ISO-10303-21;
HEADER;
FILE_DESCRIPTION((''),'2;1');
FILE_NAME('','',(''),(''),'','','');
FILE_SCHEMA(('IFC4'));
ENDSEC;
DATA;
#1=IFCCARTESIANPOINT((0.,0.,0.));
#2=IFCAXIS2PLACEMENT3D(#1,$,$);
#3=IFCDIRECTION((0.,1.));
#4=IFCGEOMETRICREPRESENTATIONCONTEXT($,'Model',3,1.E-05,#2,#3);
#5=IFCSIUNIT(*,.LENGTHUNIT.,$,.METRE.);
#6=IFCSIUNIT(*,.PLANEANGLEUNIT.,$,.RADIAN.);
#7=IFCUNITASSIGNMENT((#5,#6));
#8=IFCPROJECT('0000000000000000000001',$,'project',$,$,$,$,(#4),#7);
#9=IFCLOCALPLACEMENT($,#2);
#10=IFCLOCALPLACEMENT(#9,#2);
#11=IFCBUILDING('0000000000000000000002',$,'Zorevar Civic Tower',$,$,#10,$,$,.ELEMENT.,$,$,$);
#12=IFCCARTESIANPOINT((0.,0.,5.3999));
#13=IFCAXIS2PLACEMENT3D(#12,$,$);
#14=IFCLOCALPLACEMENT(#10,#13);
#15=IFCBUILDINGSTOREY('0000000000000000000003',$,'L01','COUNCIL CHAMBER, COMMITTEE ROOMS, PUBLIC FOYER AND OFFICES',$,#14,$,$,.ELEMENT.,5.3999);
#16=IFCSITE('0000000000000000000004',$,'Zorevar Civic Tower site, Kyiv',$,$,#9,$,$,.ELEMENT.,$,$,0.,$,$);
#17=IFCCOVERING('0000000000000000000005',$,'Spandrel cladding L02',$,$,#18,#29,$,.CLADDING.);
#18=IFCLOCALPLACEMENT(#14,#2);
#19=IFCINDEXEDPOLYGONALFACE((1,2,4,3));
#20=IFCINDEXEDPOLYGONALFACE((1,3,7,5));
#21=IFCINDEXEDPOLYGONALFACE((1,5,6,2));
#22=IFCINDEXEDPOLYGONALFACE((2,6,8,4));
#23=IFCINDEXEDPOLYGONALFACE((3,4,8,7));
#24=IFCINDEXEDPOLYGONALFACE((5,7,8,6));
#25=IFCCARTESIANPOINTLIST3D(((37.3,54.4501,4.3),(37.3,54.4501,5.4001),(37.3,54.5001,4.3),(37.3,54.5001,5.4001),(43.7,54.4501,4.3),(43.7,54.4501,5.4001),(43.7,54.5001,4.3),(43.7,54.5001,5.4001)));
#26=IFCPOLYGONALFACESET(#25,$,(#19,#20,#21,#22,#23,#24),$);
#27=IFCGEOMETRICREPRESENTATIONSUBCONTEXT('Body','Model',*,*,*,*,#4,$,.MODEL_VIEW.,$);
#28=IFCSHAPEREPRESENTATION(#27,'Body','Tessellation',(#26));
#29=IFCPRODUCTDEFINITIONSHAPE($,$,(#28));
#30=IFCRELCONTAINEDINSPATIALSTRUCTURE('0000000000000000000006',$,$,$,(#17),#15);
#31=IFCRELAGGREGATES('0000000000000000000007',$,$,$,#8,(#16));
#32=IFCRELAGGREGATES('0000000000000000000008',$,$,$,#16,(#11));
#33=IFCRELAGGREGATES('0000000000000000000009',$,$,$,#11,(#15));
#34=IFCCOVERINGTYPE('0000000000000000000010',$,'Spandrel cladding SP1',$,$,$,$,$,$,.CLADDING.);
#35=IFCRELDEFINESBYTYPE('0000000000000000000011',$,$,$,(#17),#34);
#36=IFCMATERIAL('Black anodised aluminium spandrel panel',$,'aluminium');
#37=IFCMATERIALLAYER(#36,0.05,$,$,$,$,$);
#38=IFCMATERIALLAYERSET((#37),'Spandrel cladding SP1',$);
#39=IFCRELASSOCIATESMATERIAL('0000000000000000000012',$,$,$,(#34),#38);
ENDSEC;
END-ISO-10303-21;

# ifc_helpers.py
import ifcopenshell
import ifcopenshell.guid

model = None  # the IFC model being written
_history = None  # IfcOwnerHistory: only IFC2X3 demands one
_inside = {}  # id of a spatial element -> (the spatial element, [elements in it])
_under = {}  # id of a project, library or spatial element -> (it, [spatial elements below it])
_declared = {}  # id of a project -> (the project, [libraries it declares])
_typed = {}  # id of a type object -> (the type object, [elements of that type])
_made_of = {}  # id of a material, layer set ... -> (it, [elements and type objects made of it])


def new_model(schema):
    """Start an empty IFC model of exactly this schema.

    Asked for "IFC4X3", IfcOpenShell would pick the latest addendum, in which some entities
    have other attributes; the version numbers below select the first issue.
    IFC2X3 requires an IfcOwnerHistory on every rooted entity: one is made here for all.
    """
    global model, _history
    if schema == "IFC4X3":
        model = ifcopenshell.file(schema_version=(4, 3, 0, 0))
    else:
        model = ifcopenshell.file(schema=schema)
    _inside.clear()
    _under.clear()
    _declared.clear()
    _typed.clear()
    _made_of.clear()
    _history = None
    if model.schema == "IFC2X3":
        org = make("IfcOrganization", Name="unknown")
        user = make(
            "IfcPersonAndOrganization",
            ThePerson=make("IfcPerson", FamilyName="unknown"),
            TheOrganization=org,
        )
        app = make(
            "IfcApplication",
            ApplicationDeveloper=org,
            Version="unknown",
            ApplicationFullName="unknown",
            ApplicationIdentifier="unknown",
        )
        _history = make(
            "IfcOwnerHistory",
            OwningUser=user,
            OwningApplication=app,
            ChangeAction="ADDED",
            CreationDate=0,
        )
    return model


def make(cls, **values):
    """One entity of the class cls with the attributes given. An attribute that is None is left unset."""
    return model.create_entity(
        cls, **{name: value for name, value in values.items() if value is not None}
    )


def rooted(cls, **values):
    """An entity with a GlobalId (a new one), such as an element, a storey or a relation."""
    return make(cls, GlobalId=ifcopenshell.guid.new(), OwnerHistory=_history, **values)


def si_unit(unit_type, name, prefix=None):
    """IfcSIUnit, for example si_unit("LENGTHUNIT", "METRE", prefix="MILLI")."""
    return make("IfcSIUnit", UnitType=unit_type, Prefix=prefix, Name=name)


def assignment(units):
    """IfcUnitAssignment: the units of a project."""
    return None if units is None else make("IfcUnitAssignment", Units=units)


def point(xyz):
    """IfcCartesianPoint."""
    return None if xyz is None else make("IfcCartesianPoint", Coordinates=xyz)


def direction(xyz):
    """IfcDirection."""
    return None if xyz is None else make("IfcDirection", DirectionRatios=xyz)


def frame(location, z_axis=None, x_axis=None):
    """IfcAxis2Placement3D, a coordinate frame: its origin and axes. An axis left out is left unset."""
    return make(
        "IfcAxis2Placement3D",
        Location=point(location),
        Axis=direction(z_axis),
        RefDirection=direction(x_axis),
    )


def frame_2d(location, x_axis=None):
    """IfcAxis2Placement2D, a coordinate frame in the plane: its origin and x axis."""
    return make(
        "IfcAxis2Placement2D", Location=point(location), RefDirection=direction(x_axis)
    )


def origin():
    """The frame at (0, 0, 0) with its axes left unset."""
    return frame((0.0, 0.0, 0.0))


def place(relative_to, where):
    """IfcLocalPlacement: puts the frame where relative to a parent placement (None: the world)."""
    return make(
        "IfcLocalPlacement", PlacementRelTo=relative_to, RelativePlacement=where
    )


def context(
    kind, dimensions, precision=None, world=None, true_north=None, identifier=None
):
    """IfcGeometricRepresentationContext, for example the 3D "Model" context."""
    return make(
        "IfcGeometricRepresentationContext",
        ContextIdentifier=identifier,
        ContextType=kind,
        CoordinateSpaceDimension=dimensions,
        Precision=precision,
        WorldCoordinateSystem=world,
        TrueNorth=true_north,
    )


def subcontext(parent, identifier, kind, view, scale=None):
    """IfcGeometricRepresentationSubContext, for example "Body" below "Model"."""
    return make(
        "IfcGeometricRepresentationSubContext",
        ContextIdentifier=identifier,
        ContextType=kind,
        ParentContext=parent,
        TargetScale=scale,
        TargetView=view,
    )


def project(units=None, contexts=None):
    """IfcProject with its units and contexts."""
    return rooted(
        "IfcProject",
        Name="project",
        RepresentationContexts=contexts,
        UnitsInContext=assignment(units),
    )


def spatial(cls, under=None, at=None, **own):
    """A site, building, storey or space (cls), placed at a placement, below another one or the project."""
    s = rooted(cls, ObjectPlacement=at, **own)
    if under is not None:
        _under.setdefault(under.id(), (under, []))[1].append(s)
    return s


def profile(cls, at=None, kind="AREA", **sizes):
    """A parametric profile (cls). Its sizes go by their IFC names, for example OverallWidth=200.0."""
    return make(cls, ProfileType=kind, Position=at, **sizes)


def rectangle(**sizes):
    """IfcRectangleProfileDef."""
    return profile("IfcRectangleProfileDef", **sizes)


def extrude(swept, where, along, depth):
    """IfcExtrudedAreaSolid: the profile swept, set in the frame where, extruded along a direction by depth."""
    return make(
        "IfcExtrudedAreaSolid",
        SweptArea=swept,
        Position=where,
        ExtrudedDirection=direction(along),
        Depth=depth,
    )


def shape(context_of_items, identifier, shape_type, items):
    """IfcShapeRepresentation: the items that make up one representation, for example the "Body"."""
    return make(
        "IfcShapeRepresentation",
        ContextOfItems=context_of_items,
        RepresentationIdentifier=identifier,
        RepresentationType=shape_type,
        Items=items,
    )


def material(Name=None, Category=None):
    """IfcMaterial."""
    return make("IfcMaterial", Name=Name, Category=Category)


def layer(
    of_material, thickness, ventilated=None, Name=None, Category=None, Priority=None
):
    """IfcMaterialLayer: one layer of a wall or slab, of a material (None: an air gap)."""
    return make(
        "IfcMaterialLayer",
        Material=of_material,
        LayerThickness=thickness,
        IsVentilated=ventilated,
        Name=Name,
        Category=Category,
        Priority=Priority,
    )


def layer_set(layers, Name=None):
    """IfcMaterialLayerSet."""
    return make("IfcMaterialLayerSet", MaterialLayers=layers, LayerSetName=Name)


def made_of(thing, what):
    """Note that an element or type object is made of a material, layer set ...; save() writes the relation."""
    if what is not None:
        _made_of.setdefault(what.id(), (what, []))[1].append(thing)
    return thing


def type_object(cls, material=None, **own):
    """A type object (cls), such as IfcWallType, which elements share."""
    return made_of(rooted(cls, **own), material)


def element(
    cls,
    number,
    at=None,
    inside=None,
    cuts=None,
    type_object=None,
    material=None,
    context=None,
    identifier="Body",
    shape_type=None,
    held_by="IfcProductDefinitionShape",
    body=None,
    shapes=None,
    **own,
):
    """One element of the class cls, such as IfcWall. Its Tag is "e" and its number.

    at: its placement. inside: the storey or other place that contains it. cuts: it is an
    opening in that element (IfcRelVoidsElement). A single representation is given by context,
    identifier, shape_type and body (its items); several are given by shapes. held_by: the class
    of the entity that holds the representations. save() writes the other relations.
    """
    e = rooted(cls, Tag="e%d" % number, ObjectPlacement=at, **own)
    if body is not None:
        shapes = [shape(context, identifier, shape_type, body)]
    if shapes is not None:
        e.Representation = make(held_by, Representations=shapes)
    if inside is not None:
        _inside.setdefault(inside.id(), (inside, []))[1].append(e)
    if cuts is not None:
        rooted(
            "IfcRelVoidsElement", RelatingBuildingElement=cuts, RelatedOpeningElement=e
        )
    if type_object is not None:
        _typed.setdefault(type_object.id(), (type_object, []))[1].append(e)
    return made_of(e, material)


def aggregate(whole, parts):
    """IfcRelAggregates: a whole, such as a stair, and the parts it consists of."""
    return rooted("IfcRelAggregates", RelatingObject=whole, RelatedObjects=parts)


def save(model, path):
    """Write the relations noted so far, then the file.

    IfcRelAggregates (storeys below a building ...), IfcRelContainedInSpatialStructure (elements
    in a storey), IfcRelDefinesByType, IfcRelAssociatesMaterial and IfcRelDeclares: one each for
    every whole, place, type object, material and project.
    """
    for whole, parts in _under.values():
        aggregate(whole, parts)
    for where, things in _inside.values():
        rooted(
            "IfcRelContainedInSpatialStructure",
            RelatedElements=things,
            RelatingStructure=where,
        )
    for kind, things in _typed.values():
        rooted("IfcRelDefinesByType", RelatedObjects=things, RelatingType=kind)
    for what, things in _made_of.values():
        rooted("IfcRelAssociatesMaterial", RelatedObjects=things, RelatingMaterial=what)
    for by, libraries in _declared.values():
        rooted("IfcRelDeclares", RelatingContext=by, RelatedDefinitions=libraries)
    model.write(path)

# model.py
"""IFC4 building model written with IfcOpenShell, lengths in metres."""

from ifc_helpers import new_model, si_unit, direction, frame, frame_2d, origin, place, context, subcontext, project, spatial, rectangle, extrude, material, layer, layer_set, type_object, element, save


model = new_model("IFC4")

# Units and contexts
model_context = context("Model", 3, precision=1e-05, world=origin(), true_north=direction((0.0, 1.0)))
body_context = subcontext(model_context, "Body", "Model", "MODEL_VIEW")
ifc_project = project(units=[si_unit("LENGTHUNIT", "METRE"), si_unit("PLANEANGLEUNIT", "RADIAN")], contexts=[model_context])

# Site, building, storey
site_placement = place(None, origin())
site = spatial("IfcSite", under=ifc_project, at=site_placement, Name="Zorevar Civic Tower site, Kyiv", CompositionType="ELEMENT", RefElevation=0.0)
building_placement = place(site_placement, origin())
building = spatial("IfcBuilding", under=site, at=building_placement, Name="Zorevar Civic Tower", CompositionType="ELEMENT")
storey_placement = place(building_placement, frame((0.0, 0.0, 5.3999)))
storey = spatial("IfcBuildingStorey", under=building, at=storey_placement, Name="L01", Description="COUNCIL CHAMBER, COMMITTEE ROOMS, PUBLIC FOYER AND OFFICES", CompositionType="ELEMENT", Elevation=5.3999)

# Covering
ifc_material_1 = material(Name="Black anodised aluminium spandrel panel", Category="aluminium")
ifc_layer_1 = layer(ifc_material_1, 0.05)
ifc_layer_set_1 = layer_set([ifc_layer_1], Name="Spandrel cladding SP1")
covering_type = type_object("IfcCoveringType", Name="Spandrel cladding SP1", PredefinedType="CLADDING", material=ifc_layer_set_1)
for number, where, z_axis, x_axis, name in (
    (1, (37.3, 54.4751, 4.3), (0.0, 0.0, 1.0), (1.0, 0.0, 0.0), "Spandrel cladding L02"),
):
    element("IfcCovering", number, at=place(storey_placement, frame(where, z_axis=z_axis, x_axis=x_axis)), inside=storey, type_object=covering_type, Name=name, PredefinedType="CLADDING", context=body_context, shape_type="SweptSolid", body=[
        extrude(rectangle(XDim=6.3999, YDim=0.05, at=frame_2d((3.2, 0.0))), origin(), (0.0, 0.0, 1.0), 1.1001),
    ])

save(model, "model.ifc")
